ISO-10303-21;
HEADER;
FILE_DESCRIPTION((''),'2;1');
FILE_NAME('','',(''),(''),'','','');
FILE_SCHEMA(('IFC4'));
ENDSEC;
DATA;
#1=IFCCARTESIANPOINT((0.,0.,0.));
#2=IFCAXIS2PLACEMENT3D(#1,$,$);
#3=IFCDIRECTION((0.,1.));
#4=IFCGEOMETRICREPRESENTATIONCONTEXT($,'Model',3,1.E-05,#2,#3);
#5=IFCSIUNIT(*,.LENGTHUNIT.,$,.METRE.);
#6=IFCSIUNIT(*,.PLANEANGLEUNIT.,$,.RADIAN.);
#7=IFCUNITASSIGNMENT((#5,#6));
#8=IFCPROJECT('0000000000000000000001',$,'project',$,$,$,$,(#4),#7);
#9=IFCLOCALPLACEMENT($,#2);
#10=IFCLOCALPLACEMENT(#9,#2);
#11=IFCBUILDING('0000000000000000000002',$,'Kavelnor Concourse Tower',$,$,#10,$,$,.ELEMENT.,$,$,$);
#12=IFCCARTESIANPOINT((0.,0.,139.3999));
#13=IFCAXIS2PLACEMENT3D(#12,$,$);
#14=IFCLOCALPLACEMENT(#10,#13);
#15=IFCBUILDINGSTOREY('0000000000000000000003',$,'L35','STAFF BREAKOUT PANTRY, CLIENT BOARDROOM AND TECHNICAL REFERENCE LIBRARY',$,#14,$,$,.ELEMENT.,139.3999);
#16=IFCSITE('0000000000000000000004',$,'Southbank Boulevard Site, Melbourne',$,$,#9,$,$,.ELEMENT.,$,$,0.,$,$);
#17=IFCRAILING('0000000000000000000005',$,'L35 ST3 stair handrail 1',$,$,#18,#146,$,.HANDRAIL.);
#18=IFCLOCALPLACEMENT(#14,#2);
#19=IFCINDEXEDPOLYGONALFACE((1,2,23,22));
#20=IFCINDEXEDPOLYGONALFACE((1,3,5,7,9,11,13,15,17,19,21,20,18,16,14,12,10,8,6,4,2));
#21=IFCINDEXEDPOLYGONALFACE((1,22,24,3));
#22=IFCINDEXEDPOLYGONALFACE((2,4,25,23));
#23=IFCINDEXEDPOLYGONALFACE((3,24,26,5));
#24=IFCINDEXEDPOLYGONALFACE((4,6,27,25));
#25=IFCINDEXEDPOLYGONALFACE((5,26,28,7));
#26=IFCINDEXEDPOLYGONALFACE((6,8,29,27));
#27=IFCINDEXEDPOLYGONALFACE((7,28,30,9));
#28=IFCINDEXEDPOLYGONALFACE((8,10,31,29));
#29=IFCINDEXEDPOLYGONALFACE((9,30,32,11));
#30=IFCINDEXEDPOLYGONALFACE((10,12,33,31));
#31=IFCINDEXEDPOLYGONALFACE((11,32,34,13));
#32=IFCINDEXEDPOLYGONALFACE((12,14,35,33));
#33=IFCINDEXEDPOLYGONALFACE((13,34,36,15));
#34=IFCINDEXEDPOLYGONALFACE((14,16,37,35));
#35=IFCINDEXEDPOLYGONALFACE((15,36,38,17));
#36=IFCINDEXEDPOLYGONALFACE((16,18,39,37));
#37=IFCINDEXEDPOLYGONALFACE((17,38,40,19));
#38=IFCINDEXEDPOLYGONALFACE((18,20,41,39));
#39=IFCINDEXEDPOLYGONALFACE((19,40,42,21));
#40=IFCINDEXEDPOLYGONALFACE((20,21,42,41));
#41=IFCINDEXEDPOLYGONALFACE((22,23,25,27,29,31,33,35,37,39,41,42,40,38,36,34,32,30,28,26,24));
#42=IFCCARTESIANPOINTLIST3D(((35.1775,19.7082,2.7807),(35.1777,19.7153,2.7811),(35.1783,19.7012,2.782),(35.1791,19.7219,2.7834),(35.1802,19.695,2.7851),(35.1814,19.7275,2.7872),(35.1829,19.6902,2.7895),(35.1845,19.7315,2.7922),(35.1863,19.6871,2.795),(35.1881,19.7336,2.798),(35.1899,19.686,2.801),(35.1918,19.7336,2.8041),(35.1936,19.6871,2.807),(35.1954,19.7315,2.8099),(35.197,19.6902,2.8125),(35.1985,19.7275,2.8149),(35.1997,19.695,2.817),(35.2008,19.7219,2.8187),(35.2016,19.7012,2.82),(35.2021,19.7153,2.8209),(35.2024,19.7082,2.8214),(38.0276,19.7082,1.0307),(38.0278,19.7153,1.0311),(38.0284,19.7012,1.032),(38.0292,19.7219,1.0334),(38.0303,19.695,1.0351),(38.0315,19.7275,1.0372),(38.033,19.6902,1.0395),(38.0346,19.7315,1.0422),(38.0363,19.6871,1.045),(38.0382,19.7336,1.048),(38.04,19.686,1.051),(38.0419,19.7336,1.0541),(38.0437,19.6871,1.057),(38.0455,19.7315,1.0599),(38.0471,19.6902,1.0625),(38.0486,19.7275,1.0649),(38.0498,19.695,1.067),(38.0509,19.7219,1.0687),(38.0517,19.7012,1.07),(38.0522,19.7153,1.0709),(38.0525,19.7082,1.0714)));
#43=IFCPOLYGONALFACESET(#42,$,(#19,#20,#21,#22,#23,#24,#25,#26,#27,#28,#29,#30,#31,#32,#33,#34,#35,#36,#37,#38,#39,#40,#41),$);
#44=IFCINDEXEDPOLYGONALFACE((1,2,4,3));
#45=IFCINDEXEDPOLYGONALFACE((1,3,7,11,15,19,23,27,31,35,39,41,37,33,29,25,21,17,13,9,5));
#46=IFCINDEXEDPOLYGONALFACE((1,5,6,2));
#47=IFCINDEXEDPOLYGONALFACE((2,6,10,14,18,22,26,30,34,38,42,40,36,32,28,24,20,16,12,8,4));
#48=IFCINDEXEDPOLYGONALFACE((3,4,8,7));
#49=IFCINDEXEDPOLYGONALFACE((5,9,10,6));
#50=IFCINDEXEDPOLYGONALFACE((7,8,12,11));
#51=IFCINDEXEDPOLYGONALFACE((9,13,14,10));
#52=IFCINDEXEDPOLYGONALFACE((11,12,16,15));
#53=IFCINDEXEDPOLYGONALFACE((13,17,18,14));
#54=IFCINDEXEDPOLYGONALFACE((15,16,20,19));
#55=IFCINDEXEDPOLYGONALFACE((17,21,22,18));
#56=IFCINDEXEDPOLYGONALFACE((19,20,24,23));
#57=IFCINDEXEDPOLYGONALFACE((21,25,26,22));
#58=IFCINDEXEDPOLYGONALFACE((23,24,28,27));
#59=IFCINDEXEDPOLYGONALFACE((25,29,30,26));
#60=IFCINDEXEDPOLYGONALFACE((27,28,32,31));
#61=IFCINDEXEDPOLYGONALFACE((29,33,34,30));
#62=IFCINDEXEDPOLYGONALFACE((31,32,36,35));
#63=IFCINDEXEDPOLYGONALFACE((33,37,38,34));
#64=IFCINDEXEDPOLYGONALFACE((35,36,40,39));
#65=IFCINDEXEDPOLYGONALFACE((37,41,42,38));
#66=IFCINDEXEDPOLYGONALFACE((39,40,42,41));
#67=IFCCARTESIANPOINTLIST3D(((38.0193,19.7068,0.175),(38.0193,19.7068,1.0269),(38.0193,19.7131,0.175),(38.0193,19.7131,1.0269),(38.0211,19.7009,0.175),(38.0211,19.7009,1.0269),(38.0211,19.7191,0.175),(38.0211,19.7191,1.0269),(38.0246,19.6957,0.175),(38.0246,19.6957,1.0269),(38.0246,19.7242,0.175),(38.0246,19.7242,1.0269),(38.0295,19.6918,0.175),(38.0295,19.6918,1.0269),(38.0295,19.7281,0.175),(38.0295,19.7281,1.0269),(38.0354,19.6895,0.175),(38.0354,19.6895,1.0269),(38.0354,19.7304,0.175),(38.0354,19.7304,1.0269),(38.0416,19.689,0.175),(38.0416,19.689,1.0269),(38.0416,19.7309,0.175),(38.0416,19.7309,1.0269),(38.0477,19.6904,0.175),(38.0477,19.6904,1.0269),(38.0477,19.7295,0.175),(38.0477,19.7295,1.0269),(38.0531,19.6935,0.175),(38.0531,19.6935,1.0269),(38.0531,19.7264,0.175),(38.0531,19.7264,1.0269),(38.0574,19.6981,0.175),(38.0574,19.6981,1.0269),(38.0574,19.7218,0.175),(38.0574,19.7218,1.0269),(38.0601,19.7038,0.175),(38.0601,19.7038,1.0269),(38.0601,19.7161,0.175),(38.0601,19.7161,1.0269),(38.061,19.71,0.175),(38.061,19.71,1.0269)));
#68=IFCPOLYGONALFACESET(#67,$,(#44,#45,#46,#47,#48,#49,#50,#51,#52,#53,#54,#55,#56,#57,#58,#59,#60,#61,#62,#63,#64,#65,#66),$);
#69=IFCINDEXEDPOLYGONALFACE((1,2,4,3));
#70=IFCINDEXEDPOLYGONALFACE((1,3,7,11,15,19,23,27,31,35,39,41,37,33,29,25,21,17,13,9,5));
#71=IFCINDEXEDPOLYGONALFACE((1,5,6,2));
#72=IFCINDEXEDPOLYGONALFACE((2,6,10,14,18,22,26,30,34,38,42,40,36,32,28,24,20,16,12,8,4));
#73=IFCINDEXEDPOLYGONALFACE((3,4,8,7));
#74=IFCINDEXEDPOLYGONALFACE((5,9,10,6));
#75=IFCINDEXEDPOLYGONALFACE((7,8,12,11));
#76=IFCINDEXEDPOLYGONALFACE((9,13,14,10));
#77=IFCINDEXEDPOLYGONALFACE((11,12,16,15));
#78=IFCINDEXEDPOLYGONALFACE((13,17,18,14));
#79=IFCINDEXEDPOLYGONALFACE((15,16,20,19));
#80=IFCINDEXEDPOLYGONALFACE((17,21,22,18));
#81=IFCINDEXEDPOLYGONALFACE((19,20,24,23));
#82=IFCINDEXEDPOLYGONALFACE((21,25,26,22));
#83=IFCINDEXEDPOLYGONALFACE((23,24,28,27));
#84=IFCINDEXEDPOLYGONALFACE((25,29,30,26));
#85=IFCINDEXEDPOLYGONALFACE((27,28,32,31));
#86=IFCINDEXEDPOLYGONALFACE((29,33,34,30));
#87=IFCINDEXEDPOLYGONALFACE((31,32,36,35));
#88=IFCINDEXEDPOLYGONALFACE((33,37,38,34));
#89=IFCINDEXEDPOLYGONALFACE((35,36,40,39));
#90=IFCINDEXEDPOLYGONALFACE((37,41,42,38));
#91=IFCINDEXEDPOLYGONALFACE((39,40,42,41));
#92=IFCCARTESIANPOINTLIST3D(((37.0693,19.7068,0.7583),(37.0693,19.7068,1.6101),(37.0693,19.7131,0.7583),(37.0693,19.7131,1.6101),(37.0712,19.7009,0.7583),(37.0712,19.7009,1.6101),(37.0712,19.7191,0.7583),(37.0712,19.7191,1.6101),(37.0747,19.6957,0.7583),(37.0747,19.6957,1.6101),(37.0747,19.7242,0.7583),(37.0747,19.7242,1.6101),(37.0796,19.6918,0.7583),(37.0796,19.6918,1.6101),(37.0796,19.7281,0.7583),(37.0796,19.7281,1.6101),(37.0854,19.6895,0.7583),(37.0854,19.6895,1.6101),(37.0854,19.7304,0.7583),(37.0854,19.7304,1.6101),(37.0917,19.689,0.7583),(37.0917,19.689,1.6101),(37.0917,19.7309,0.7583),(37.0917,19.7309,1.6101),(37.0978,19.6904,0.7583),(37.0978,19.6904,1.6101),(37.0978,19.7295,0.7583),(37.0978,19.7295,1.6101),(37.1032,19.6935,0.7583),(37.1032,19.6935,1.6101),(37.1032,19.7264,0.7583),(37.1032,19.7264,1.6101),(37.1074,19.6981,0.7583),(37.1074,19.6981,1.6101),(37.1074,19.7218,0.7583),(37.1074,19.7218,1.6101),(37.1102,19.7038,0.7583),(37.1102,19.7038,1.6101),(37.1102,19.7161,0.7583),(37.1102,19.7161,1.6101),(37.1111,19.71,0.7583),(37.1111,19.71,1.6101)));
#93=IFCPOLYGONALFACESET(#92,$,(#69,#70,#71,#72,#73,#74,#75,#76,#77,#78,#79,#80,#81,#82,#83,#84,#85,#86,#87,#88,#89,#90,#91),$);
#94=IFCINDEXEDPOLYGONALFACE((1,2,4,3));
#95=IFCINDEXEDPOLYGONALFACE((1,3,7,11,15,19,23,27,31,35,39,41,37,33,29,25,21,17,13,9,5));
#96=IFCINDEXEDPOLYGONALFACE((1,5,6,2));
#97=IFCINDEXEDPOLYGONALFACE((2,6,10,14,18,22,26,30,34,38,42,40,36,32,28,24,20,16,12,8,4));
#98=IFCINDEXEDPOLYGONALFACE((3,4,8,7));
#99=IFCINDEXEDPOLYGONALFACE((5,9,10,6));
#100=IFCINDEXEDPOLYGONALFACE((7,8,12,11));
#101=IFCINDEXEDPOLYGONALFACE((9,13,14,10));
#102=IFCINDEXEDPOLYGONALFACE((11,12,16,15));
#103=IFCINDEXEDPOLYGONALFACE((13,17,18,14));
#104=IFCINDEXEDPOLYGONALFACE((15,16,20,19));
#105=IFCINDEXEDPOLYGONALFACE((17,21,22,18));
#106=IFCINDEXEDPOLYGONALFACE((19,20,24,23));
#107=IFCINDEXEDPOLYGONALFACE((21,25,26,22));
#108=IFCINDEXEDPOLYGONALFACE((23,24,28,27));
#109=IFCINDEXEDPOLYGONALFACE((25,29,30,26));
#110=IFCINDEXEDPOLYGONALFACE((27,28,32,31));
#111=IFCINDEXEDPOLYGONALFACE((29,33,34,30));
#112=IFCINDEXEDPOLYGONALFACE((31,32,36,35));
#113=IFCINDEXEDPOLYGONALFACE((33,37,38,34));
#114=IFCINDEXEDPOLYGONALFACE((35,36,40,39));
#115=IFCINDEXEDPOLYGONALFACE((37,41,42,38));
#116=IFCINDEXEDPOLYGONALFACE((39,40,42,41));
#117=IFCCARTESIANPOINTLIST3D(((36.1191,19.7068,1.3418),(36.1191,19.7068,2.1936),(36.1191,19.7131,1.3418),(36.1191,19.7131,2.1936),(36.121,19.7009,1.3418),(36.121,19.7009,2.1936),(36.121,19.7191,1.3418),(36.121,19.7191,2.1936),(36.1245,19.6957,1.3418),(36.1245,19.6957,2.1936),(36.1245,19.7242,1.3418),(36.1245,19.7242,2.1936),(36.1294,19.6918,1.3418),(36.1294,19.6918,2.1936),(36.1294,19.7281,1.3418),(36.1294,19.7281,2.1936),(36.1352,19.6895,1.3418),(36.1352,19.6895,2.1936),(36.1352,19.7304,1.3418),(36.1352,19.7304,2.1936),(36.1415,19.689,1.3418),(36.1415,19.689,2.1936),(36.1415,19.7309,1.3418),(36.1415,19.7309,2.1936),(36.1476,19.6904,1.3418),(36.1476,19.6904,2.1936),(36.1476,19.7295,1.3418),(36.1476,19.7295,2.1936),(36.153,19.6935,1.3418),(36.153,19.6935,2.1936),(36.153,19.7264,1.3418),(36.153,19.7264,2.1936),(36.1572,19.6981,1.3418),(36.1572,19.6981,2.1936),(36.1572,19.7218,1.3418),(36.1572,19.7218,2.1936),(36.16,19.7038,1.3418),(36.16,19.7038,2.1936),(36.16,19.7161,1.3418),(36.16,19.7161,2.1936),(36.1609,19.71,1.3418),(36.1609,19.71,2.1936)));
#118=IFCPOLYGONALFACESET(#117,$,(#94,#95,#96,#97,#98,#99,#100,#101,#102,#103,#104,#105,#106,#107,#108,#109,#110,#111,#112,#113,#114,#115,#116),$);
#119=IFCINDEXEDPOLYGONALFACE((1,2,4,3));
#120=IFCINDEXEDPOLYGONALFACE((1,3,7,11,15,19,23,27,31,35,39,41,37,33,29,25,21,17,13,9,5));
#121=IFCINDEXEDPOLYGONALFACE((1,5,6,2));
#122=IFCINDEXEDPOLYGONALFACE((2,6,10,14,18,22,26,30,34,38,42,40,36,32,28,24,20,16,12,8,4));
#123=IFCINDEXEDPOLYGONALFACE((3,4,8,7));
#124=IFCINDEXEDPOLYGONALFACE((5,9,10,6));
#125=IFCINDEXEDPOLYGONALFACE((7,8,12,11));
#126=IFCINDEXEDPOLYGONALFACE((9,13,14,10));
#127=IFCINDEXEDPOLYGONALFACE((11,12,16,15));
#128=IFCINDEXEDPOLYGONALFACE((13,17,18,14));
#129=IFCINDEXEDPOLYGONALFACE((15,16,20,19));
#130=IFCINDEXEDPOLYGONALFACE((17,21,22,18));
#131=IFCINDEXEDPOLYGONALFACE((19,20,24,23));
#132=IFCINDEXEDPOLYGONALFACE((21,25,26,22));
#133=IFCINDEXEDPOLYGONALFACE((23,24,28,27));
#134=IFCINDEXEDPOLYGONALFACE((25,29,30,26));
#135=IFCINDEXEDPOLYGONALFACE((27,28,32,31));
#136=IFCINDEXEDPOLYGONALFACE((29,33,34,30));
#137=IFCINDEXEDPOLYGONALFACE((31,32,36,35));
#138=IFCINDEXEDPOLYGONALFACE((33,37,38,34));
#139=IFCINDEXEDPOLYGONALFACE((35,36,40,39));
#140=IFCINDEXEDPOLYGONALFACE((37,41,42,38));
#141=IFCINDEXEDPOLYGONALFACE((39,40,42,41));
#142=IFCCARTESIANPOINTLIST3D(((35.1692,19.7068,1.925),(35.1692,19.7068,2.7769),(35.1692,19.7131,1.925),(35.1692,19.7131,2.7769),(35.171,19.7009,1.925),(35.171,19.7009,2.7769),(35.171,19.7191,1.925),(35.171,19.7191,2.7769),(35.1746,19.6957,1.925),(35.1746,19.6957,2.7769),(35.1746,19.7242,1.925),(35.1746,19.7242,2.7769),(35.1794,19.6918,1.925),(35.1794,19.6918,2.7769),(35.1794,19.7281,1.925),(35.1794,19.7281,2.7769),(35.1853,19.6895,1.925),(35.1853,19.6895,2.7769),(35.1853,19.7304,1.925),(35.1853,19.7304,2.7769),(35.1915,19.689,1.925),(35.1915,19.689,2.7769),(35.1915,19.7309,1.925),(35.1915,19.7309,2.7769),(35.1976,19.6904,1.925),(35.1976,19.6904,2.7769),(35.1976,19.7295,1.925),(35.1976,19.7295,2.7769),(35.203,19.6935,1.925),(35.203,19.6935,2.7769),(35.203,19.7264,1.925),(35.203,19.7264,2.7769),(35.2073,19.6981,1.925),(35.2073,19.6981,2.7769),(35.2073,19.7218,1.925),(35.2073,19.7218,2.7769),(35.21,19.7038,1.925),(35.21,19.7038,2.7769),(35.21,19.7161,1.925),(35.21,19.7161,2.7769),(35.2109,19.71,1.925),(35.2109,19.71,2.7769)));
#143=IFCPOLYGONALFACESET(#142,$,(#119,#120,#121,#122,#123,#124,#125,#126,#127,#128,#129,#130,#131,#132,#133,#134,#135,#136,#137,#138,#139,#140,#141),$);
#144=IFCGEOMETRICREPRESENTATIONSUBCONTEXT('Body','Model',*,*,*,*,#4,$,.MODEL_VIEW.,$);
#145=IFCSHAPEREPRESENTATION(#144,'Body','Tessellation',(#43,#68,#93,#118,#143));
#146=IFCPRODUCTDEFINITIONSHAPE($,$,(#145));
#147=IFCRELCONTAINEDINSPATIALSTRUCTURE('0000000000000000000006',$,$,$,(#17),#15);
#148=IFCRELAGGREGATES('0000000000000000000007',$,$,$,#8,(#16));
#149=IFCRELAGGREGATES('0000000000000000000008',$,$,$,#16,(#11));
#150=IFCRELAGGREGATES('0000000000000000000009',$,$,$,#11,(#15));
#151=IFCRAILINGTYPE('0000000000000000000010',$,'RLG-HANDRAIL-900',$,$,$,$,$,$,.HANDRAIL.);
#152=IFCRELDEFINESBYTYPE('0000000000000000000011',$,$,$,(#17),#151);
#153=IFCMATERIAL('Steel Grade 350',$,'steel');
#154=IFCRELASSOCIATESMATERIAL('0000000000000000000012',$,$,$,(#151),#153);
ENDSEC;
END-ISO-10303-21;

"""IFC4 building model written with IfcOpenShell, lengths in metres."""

from ifc_helpers import new_model, si_unit, direction, frame, origin, origin_2d, place, context, subcontext, project, spatial, circle, extrude, material, type_object, element, save


model = new_model("IFC4")

# Units and contexts
model_context = context("Model", 3, precision=1e-05, world=origin(), true_north=direction((0.0, 1.0)))
body_context = subcontext(model_context, "Body", "Model", "MODEL_VIEW")
ifc_project = project(units=[si_unit("LENGTHUNIT", "METRE"), si_unit("PLANEANGLEUNIT", "RADIAN")], contexts=[model_context])

# Site, building, storey
site_placement = place(None, origin())
site = spatial("IfcSite", under=ifc_project, at=site_placement, Name="Southbank Boulevard Site, Melbourne", CompositionType="ELEMENT", RefElevation=0.0)
building_placement = place(site_placement, origin())
building = spatial("IfcBuilding", under=site, at=building_placement, Name="Kavelnor Concourse Tower", CompositionType="ELEMENT")
storey_placement = place(building_placement, frame((0.0, 0.0, 139.3999)))
storey = spatial("IfcBuildingStorey", under=building, at=storey_placement, Name="L35", Description="STAFF BREAKOUT PANTRY, CLIENT BOARDROOM AND TECHNICAL REFERENCE LIBRARY", CompositionType="ELEMENT", Elevation=139.3999)

# Shared definitions
ifc_material_1 = material(Name="Steel Grade 350", Category="steel")

# Railing
railing_type_1 = type_object("IfcRailingType", Name="RLG-HANDRAIL-900", PredefinedType="HANDRAIL", material=ifc_material_1)
railing_1_placement = place(storey_placement, frame((38.04, 19.71, 0.175)))
element("IfcRailing", 1, at=railing_1_placement, inside=storey, type_object=railing_type_1, Name="L35 ST3 stair handrail 1", PredefinedType="HANDRAIL", context=body_context, shape_type="SweptSolid", body=[
    extrude(circle(Radius=0.0239, at=origin_2d()), frame((0.0, 0.0, 0.876), z_axis=(-0.852179, 0.0, 0.52325), x_axis=(0.0, -1.0, 0.0)), (0.0, 0.0, 1.0), 3.3445),
    extrude(circle(Radius=0.021, at=origin_2d()), origin(), (0.0, 0.0, 1.0), 0.8518),
    extrude(circle(Radius=0.021, at=origin_2d()), frame((-0.95, 0.0, 0.5833)), (0.0, 0.0, 1.0), 0.8518),
    extrude(circle(Radius=0.021, at=origin_2d()), frame((-1.9001, 0.0, 1.1667)), (0.0, 0.0, 1.0), 0.8518),
    extrude(circle(Radius=0.021, at=origin_2d()), frame((-2.8501, 0.0, 1.75)), (0.0, 0.0, 1.0), 0.8518),
])

save(model, "model.ifc")
